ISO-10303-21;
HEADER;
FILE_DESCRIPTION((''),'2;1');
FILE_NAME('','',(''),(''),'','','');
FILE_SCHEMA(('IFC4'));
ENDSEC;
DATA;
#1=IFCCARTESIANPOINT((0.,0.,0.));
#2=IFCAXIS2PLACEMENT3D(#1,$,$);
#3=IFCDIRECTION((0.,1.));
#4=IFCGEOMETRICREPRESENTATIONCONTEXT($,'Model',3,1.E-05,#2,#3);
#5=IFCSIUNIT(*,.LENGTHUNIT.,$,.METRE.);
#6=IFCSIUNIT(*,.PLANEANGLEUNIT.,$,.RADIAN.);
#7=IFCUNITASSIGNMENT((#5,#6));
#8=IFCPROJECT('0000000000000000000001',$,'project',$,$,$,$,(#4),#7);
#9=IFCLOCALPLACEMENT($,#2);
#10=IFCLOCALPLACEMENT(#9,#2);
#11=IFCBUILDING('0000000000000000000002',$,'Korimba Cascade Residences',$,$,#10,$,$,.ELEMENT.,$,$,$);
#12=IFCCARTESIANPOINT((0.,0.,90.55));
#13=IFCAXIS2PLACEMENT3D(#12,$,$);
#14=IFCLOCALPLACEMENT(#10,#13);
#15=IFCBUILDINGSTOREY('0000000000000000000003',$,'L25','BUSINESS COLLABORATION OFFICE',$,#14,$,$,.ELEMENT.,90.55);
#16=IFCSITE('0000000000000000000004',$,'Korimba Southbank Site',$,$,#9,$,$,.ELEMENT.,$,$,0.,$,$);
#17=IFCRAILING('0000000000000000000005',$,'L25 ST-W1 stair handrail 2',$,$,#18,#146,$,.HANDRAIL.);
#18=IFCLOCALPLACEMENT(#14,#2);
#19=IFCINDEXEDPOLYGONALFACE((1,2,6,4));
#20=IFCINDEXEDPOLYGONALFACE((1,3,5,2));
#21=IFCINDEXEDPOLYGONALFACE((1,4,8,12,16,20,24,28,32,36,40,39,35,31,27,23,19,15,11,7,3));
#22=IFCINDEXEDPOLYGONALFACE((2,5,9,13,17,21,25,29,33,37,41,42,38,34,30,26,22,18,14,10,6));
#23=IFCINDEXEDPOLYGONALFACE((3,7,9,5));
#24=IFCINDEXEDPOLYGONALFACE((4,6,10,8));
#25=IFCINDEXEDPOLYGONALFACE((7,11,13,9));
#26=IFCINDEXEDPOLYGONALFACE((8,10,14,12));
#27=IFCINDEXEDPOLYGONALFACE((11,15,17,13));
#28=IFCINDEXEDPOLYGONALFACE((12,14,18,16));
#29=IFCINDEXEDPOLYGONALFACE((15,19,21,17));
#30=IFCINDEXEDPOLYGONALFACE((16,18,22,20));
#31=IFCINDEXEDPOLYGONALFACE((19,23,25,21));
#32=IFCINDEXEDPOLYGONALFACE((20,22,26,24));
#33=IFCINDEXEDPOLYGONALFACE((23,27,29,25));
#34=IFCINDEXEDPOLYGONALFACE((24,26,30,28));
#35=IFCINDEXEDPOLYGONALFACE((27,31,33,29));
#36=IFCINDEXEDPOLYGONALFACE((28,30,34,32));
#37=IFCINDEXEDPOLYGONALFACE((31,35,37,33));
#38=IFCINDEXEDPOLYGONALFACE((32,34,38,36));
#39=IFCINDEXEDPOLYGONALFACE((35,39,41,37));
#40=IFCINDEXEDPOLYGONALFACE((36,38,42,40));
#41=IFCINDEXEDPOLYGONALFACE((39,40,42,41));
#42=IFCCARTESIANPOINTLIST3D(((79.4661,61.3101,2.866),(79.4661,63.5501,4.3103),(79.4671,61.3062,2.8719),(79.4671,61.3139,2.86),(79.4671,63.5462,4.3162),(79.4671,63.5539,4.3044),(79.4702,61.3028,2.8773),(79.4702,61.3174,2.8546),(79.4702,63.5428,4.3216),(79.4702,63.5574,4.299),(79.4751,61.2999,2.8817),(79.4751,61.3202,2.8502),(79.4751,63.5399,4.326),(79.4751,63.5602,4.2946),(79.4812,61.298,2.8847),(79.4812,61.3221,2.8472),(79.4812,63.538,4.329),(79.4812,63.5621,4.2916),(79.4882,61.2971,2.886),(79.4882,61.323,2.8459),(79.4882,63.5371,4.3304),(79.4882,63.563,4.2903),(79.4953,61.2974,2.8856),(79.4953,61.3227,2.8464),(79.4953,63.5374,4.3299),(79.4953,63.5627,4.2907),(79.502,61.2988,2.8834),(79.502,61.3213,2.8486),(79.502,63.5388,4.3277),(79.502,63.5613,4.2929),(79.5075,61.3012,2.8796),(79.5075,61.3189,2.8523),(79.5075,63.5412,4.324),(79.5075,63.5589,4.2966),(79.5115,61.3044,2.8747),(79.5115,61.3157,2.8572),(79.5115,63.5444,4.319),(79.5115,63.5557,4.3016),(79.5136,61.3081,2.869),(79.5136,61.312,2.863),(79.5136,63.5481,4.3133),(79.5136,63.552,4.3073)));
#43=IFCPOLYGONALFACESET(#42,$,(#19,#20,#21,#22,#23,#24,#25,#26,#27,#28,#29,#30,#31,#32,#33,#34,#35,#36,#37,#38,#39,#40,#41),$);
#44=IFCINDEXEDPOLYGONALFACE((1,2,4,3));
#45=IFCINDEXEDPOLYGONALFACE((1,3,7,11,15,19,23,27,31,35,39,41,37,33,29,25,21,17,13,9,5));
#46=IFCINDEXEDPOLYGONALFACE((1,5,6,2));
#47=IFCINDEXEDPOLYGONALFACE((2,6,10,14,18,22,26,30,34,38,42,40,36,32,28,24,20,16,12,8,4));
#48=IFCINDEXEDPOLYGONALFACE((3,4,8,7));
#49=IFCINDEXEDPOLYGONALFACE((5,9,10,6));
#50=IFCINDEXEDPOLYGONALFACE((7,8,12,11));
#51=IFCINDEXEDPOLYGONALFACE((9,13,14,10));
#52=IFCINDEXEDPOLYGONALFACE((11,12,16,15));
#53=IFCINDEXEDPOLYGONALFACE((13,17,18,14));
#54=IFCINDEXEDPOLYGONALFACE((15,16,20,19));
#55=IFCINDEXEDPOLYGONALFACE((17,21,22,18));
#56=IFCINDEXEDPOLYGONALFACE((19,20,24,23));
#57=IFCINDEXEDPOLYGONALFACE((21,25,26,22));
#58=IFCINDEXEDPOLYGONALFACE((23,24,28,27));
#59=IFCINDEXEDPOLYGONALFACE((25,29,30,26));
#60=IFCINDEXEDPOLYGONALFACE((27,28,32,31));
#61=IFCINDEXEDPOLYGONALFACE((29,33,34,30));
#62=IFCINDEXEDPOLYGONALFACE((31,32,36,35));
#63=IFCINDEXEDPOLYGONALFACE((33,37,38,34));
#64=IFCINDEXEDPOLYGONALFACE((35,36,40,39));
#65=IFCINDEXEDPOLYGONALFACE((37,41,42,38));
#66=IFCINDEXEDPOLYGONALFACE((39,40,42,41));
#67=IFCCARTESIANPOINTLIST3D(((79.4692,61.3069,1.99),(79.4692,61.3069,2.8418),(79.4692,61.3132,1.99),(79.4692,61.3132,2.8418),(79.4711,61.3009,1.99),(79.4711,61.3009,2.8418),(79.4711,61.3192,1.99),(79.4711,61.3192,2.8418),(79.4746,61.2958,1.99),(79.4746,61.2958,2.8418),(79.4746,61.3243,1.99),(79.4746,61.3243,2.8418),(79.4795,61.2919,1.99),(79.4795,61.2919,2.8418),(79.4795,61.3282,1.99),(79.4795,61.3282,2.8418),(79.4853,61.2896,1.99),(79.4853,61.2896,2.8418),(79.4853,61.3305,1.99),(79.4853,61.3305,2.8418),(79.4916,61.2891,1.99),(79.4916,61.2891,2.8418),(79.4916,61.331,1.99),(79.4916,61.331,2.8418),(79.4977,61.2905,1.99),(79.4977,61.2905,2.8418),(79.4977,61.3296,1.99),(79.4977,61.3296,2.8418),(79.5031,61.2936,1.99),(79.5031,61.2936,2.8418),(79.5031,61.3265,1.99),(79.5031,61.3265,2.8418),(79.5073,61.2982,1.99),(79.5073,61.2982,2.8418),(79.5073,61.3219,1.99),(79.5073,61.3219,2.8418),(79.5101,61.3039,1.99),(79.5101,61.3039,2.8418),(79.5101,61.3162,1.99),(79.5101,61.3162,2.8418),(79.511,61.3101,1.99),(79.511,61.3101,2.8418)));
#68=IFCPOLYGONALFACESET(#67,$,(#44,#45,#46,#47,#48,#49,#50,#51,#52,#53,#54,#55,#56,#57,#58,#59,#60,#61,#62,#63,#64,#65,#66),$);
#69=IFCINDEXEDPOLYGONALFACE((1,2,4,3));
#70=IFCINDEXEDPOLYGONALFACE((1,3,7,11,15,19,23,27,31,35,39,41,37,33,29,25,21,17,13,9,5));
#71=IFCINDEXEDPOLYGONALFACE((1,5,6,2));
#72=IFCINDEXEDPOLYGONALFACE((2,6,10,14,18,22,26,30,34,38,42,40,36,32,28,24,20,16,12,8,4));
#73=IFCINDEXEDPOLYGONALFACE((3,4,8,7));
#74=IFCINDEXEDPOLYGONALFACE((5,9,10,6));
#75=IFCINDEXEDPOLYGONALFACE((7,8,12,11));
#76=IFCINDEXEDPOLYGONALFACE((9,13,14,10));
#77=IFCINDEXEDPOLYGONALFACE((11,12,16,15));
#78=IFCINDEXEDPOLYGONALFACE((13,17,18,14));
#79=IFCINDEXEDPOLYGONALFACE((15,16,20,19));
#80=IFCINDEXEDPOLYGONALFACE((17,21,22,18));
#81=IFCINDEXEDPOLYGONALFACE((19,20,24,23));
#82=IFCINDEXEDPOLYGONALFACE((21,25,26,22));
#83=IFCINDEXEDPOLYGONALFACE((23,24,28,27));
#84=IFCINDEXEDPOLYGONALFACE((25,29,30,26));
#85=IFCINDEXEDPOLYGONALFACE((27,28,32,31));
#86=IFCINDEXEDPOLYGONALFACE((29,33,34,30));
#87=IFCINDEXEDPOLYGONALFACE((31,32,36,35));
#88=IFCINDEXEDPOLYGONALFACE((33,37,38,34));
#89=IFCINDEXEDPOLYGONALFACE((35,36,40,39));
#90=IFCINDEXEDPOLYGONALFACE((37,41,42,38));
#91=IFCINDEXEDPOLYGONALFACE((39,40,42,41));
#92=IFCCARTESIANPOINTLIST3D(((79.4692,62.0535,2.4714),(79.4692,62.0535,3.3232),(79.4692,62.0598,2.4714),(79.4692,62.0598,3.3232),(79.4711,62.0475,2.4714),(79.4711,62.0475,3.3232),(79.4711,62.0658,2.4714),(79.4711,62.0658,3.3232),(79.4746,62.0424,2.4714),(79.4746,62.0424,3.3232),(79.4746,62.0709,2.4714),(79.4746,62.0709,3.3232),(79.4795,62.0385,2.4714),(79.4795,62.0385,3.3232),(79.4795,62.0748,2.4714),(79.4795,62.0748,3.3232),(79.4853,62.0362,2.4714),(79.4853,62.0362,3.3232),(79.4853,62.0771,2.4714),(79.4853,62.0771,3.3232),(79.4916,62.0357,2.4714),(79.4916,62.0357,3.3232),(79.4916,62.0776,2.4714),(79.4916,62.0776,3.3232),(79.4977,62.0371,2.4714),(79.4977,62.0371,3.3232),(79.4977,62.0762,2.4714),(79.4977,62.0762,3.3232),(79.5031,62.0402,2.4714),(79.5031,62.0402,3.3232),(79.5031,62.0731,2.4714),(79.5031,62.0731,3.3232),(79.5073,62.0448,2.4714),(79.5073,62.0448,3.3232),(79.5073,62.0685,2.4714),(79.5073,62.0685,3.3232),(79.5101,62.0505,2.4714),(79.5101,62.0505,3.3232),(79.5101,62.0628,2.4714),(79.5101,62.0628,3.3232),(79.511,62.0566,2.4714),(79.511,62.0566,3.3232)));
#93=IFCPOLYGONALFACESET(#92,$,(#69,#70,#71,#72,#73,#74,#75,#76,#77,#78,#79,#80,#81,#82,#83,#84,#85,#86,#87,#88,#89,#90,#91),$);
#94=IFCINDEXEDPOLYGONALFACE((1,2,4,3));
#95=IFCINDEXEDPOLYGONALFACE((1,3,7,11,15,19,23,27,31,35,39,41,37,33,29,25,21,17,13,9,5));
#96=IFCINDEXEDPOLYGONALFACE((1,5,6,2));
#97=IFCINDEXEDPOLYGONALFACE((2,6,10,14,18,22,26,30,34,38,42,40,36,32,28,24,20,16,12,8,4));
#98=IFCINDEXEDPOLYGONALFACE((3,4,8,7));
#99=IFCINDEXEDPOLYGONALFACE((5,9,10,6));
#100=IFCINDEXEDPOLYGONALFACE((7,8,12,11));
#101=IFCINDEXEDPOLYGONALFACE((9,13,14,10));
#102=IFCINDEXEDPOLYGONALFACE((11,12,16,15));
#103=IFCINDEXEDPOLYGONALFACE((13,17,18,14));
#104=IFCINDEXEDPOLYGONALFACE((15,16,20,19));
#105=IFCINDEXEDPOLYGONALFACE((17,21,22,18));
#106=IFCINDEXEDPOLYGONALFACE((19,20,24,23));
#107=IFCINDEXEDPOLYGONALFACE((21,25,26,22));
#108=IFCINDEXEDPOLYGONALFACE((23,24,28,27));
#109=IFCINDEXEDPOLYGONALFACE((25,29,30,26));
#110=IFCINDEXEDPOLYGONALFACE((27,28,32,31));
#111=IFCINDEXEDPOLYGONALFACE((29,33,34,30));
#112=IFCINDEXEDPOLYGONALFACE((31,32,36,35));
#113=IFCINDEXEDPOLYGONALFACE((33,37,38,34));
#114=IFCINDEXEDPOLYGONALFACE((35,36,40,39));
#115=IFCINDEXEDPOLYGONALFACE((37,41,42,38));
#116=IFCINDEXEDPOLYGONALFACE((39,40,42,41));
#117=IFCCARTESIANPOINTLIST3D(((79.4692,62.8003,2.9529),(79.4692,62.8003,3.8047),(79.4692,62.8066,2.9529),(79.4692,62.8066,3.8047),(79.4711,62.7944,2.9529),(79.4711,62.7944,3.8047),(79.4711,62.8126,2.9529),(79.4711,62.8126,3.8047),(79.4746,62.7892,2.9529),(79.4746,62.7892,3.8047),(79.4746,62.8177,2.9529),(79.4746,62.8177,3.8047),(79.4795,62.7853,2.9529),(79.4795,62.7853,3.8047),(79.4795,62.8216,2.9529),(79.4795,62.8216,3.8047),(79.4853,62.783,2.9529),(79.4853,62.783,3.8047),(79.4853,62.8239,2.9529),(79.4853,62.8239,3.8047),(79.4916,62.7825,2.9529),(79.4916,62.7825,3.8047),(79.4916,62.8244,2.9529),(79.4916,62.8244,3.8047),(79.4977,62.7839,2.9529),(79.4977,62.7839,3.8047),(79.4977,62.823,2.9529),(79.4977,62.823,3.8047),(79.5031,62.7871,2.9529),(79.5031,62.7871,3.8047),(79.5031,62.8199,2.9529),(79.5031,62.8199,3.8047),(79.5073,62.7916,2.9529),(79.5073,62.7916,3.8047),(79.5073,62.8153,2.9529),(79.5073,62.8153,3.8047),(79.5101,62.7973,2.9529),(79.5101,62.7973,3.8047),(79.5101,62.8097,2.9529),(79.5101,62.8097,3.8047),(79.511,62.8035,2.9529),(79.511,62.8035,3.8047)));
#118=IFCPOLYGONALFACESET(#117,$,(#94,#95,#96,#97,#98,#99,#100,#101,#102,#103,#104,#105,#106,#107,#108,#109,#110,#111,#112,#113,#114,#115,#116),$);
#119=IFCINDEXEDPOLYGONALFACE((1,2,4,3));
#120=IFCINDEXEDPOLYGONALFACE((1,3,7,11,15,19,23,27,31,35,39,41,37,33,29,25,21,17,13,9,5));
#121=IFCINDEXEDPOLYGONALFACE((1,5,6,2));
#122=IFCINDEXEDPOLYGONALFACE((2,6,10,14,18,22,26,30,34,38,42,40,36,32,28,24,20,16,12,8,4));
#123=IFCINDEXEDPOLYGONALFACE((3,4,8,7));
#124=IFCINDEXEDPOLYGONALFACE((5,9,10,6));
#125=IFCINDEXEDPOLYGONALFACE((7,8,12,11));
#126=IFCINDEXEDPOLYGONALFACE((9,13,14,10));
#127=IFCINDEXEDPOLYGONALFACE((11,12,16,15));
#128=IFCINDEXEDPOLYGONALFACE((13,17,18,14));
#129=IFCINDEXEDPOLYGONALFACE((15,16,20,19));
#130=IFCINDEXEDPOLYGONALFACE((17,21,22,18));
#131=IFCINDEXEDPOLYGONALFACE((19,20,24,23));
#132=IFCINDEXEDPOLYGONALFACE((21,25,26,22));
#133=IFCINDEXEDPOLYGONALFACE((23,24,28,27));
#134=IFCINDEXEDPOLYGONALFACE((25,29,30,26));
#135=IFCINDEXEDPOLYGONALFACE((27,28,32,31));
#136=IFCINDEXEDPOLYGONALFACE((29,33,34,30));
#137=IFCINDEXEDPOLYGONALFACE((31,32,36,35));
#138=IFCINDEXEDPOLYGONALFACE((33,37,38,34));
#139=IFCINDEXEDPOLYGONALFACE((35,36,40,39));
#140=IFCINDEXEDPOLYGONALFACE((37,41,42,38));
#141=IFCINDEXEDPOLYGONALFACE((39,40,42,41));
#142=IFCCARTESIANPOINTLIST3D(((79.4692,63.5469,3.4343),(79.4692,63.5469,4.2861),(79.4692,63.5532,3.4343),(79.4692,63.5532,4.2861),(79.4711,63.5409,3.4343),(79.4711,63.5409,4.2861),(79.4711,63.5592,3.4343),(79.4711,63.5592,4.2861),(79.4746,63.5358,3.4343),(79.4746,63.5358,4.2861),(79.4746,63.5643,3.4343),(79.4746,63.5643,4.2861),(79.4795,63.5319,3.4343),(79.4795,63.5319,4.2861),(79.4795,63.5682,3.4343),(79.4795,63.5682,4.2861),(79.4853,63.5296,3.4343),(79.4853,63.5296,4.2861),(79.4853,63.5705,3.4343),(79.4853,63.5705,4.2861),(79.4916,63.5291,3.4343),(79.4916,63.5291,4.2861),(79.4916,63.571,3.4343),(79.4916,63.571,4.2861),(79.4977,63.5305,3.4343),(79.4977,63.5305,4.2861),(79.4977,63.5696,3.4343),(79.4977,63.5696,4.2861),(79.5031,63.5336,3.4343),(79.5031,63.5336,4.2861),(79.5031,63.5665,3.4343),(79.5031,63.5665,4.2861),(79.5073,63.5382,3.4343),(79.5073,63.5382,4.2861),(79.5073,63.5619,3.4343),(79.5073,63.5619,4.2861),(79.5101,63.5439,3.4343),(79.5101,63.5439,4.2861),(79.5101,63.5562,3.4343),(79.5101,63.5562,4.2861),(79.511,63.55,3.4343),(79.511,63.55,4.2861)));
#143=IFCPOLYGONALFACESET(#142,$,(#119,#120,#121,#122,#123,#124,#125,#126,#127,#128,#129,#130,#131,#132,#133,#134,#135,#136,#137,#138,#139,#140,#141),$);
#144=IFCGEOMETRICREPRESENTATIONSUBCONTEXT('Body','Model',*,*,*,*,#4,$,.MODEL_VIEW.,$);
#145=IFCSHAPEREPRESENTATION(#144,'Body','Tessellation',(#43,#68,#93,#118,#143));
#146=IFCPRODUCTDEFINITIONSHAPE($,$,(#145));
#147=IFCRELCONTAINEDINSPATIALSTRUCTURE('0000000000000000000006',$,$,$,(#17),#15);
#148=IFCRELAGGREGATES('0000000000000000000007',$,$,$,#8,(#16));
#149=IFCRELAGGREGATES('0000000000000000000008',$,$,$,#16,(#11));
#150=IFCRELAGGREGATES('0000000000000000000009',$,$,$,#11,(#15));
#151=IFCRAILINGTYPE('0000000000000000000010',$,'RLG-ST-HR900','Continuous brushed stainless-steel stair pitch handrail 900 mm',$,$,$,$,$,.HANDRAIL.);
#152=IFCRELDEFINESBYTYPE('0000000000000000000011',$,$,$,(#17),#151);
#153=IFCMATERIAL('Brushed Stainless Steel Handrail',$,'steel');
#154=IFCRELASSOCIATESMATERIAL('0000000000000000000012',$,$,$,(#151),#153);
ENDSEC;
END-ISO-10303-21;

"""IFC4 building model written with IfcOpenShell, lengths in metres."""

from ifc_helpers import new_model, si_unit, direction, frame, origin, origin_2d, place, context, subcontext, project, spatial, circle, extrude, material, type_object, element, save


model = new_model("IFC4")

# Units and contexts
model_context = context("Model", 3, precision=1e-05, world=origin(), true_north=direction((0.0, 1.0)))
body_context = subcontext(model_context, "Body", "Model", "MODEL_VIEW")
ifc_project = project(units=[si_unit("LENGTHUNIT", "METRE"), si_unit("PLANEANGLEUNIT", "RADIAN")], contexts=[model_context])

# Site, building, storey
site_placement = place(None, origin())
site = spatial("IfcSite", under=ifc_project, at=site_placement, Name="Korimba Southbank Site", CompositionType="ELEMENT", RefElevation=0.0)
building_placement = place(site_placement, origin())
building = spatial("IfcBuilding", under=site, at=building_placement, Name="Korimba Cascade Residences", CompositionType="ELEMENT")
storey_placement = place(building_placement, frame((0.0, 0.0, 90.55)))
storey = spatial("IfcBuildingStorey", under=building, at=storey_placement, Name="L25", Description="BUSINESS COLLABORATION OFFICE", CompositionType="ELEMENT", Elevation=90.55)

# Railing
ifc_material_1 = material(Name="Brushed Stainless Steel Handrail", Category="steel")
railing_type_1 = type_object("IfcRailingType", Name="RLG-ST-HR900", Description="Continuous brushed stainless-steel stair pitch handrail 900 mm", PredefinedType="HANDRAIL", material=ifc_material_1)
railing_1_placement = place(storey_placement, frame((79.49, 61.3101, 1.99)))
element("IfcRailing", 1, at=railing_1_placement, inside=storey, type_object=railing_type_1, Name="L25 ST-W1 stair handrail 2", PredefinedType="HANDRAIL", context=body_context, shape_type="SweptSolid", body=[
    extrude(circle(Radius=0.0239, at=origin_2d()), frame((0.0, 0.0, 0.876), z_axis=(0.0, 0.840437, 0.54191), x_axis=(-1.0, 0.0, 0.0)), (0.0, 0.0, 1.0), 2.6653),
    extrude(circle(Radius=0.021, at=origin_2d()), origin(), (0.0, 0.0, 1.0), 0.8518),
    extrude(circle(Radius=0.021, at=origin_2d()), frame((0.0, 0.7466, 0.4814)), (0.0, 0.0, 1.0), 0.8518),
    extrude(circle(Radius=0.021, at=origin_2d()), frame((0.0, 1.4934, 0.9629)), (0.0, 0.0, 1.0), 0.8518),
    extrude(circle(Radius=0.021, at=origin_2d()), frame((0.0, 2.24, 1.4443)), (0.0, 0.0, 1.0), 0.8518),
])

save(model, "model.ifc")
